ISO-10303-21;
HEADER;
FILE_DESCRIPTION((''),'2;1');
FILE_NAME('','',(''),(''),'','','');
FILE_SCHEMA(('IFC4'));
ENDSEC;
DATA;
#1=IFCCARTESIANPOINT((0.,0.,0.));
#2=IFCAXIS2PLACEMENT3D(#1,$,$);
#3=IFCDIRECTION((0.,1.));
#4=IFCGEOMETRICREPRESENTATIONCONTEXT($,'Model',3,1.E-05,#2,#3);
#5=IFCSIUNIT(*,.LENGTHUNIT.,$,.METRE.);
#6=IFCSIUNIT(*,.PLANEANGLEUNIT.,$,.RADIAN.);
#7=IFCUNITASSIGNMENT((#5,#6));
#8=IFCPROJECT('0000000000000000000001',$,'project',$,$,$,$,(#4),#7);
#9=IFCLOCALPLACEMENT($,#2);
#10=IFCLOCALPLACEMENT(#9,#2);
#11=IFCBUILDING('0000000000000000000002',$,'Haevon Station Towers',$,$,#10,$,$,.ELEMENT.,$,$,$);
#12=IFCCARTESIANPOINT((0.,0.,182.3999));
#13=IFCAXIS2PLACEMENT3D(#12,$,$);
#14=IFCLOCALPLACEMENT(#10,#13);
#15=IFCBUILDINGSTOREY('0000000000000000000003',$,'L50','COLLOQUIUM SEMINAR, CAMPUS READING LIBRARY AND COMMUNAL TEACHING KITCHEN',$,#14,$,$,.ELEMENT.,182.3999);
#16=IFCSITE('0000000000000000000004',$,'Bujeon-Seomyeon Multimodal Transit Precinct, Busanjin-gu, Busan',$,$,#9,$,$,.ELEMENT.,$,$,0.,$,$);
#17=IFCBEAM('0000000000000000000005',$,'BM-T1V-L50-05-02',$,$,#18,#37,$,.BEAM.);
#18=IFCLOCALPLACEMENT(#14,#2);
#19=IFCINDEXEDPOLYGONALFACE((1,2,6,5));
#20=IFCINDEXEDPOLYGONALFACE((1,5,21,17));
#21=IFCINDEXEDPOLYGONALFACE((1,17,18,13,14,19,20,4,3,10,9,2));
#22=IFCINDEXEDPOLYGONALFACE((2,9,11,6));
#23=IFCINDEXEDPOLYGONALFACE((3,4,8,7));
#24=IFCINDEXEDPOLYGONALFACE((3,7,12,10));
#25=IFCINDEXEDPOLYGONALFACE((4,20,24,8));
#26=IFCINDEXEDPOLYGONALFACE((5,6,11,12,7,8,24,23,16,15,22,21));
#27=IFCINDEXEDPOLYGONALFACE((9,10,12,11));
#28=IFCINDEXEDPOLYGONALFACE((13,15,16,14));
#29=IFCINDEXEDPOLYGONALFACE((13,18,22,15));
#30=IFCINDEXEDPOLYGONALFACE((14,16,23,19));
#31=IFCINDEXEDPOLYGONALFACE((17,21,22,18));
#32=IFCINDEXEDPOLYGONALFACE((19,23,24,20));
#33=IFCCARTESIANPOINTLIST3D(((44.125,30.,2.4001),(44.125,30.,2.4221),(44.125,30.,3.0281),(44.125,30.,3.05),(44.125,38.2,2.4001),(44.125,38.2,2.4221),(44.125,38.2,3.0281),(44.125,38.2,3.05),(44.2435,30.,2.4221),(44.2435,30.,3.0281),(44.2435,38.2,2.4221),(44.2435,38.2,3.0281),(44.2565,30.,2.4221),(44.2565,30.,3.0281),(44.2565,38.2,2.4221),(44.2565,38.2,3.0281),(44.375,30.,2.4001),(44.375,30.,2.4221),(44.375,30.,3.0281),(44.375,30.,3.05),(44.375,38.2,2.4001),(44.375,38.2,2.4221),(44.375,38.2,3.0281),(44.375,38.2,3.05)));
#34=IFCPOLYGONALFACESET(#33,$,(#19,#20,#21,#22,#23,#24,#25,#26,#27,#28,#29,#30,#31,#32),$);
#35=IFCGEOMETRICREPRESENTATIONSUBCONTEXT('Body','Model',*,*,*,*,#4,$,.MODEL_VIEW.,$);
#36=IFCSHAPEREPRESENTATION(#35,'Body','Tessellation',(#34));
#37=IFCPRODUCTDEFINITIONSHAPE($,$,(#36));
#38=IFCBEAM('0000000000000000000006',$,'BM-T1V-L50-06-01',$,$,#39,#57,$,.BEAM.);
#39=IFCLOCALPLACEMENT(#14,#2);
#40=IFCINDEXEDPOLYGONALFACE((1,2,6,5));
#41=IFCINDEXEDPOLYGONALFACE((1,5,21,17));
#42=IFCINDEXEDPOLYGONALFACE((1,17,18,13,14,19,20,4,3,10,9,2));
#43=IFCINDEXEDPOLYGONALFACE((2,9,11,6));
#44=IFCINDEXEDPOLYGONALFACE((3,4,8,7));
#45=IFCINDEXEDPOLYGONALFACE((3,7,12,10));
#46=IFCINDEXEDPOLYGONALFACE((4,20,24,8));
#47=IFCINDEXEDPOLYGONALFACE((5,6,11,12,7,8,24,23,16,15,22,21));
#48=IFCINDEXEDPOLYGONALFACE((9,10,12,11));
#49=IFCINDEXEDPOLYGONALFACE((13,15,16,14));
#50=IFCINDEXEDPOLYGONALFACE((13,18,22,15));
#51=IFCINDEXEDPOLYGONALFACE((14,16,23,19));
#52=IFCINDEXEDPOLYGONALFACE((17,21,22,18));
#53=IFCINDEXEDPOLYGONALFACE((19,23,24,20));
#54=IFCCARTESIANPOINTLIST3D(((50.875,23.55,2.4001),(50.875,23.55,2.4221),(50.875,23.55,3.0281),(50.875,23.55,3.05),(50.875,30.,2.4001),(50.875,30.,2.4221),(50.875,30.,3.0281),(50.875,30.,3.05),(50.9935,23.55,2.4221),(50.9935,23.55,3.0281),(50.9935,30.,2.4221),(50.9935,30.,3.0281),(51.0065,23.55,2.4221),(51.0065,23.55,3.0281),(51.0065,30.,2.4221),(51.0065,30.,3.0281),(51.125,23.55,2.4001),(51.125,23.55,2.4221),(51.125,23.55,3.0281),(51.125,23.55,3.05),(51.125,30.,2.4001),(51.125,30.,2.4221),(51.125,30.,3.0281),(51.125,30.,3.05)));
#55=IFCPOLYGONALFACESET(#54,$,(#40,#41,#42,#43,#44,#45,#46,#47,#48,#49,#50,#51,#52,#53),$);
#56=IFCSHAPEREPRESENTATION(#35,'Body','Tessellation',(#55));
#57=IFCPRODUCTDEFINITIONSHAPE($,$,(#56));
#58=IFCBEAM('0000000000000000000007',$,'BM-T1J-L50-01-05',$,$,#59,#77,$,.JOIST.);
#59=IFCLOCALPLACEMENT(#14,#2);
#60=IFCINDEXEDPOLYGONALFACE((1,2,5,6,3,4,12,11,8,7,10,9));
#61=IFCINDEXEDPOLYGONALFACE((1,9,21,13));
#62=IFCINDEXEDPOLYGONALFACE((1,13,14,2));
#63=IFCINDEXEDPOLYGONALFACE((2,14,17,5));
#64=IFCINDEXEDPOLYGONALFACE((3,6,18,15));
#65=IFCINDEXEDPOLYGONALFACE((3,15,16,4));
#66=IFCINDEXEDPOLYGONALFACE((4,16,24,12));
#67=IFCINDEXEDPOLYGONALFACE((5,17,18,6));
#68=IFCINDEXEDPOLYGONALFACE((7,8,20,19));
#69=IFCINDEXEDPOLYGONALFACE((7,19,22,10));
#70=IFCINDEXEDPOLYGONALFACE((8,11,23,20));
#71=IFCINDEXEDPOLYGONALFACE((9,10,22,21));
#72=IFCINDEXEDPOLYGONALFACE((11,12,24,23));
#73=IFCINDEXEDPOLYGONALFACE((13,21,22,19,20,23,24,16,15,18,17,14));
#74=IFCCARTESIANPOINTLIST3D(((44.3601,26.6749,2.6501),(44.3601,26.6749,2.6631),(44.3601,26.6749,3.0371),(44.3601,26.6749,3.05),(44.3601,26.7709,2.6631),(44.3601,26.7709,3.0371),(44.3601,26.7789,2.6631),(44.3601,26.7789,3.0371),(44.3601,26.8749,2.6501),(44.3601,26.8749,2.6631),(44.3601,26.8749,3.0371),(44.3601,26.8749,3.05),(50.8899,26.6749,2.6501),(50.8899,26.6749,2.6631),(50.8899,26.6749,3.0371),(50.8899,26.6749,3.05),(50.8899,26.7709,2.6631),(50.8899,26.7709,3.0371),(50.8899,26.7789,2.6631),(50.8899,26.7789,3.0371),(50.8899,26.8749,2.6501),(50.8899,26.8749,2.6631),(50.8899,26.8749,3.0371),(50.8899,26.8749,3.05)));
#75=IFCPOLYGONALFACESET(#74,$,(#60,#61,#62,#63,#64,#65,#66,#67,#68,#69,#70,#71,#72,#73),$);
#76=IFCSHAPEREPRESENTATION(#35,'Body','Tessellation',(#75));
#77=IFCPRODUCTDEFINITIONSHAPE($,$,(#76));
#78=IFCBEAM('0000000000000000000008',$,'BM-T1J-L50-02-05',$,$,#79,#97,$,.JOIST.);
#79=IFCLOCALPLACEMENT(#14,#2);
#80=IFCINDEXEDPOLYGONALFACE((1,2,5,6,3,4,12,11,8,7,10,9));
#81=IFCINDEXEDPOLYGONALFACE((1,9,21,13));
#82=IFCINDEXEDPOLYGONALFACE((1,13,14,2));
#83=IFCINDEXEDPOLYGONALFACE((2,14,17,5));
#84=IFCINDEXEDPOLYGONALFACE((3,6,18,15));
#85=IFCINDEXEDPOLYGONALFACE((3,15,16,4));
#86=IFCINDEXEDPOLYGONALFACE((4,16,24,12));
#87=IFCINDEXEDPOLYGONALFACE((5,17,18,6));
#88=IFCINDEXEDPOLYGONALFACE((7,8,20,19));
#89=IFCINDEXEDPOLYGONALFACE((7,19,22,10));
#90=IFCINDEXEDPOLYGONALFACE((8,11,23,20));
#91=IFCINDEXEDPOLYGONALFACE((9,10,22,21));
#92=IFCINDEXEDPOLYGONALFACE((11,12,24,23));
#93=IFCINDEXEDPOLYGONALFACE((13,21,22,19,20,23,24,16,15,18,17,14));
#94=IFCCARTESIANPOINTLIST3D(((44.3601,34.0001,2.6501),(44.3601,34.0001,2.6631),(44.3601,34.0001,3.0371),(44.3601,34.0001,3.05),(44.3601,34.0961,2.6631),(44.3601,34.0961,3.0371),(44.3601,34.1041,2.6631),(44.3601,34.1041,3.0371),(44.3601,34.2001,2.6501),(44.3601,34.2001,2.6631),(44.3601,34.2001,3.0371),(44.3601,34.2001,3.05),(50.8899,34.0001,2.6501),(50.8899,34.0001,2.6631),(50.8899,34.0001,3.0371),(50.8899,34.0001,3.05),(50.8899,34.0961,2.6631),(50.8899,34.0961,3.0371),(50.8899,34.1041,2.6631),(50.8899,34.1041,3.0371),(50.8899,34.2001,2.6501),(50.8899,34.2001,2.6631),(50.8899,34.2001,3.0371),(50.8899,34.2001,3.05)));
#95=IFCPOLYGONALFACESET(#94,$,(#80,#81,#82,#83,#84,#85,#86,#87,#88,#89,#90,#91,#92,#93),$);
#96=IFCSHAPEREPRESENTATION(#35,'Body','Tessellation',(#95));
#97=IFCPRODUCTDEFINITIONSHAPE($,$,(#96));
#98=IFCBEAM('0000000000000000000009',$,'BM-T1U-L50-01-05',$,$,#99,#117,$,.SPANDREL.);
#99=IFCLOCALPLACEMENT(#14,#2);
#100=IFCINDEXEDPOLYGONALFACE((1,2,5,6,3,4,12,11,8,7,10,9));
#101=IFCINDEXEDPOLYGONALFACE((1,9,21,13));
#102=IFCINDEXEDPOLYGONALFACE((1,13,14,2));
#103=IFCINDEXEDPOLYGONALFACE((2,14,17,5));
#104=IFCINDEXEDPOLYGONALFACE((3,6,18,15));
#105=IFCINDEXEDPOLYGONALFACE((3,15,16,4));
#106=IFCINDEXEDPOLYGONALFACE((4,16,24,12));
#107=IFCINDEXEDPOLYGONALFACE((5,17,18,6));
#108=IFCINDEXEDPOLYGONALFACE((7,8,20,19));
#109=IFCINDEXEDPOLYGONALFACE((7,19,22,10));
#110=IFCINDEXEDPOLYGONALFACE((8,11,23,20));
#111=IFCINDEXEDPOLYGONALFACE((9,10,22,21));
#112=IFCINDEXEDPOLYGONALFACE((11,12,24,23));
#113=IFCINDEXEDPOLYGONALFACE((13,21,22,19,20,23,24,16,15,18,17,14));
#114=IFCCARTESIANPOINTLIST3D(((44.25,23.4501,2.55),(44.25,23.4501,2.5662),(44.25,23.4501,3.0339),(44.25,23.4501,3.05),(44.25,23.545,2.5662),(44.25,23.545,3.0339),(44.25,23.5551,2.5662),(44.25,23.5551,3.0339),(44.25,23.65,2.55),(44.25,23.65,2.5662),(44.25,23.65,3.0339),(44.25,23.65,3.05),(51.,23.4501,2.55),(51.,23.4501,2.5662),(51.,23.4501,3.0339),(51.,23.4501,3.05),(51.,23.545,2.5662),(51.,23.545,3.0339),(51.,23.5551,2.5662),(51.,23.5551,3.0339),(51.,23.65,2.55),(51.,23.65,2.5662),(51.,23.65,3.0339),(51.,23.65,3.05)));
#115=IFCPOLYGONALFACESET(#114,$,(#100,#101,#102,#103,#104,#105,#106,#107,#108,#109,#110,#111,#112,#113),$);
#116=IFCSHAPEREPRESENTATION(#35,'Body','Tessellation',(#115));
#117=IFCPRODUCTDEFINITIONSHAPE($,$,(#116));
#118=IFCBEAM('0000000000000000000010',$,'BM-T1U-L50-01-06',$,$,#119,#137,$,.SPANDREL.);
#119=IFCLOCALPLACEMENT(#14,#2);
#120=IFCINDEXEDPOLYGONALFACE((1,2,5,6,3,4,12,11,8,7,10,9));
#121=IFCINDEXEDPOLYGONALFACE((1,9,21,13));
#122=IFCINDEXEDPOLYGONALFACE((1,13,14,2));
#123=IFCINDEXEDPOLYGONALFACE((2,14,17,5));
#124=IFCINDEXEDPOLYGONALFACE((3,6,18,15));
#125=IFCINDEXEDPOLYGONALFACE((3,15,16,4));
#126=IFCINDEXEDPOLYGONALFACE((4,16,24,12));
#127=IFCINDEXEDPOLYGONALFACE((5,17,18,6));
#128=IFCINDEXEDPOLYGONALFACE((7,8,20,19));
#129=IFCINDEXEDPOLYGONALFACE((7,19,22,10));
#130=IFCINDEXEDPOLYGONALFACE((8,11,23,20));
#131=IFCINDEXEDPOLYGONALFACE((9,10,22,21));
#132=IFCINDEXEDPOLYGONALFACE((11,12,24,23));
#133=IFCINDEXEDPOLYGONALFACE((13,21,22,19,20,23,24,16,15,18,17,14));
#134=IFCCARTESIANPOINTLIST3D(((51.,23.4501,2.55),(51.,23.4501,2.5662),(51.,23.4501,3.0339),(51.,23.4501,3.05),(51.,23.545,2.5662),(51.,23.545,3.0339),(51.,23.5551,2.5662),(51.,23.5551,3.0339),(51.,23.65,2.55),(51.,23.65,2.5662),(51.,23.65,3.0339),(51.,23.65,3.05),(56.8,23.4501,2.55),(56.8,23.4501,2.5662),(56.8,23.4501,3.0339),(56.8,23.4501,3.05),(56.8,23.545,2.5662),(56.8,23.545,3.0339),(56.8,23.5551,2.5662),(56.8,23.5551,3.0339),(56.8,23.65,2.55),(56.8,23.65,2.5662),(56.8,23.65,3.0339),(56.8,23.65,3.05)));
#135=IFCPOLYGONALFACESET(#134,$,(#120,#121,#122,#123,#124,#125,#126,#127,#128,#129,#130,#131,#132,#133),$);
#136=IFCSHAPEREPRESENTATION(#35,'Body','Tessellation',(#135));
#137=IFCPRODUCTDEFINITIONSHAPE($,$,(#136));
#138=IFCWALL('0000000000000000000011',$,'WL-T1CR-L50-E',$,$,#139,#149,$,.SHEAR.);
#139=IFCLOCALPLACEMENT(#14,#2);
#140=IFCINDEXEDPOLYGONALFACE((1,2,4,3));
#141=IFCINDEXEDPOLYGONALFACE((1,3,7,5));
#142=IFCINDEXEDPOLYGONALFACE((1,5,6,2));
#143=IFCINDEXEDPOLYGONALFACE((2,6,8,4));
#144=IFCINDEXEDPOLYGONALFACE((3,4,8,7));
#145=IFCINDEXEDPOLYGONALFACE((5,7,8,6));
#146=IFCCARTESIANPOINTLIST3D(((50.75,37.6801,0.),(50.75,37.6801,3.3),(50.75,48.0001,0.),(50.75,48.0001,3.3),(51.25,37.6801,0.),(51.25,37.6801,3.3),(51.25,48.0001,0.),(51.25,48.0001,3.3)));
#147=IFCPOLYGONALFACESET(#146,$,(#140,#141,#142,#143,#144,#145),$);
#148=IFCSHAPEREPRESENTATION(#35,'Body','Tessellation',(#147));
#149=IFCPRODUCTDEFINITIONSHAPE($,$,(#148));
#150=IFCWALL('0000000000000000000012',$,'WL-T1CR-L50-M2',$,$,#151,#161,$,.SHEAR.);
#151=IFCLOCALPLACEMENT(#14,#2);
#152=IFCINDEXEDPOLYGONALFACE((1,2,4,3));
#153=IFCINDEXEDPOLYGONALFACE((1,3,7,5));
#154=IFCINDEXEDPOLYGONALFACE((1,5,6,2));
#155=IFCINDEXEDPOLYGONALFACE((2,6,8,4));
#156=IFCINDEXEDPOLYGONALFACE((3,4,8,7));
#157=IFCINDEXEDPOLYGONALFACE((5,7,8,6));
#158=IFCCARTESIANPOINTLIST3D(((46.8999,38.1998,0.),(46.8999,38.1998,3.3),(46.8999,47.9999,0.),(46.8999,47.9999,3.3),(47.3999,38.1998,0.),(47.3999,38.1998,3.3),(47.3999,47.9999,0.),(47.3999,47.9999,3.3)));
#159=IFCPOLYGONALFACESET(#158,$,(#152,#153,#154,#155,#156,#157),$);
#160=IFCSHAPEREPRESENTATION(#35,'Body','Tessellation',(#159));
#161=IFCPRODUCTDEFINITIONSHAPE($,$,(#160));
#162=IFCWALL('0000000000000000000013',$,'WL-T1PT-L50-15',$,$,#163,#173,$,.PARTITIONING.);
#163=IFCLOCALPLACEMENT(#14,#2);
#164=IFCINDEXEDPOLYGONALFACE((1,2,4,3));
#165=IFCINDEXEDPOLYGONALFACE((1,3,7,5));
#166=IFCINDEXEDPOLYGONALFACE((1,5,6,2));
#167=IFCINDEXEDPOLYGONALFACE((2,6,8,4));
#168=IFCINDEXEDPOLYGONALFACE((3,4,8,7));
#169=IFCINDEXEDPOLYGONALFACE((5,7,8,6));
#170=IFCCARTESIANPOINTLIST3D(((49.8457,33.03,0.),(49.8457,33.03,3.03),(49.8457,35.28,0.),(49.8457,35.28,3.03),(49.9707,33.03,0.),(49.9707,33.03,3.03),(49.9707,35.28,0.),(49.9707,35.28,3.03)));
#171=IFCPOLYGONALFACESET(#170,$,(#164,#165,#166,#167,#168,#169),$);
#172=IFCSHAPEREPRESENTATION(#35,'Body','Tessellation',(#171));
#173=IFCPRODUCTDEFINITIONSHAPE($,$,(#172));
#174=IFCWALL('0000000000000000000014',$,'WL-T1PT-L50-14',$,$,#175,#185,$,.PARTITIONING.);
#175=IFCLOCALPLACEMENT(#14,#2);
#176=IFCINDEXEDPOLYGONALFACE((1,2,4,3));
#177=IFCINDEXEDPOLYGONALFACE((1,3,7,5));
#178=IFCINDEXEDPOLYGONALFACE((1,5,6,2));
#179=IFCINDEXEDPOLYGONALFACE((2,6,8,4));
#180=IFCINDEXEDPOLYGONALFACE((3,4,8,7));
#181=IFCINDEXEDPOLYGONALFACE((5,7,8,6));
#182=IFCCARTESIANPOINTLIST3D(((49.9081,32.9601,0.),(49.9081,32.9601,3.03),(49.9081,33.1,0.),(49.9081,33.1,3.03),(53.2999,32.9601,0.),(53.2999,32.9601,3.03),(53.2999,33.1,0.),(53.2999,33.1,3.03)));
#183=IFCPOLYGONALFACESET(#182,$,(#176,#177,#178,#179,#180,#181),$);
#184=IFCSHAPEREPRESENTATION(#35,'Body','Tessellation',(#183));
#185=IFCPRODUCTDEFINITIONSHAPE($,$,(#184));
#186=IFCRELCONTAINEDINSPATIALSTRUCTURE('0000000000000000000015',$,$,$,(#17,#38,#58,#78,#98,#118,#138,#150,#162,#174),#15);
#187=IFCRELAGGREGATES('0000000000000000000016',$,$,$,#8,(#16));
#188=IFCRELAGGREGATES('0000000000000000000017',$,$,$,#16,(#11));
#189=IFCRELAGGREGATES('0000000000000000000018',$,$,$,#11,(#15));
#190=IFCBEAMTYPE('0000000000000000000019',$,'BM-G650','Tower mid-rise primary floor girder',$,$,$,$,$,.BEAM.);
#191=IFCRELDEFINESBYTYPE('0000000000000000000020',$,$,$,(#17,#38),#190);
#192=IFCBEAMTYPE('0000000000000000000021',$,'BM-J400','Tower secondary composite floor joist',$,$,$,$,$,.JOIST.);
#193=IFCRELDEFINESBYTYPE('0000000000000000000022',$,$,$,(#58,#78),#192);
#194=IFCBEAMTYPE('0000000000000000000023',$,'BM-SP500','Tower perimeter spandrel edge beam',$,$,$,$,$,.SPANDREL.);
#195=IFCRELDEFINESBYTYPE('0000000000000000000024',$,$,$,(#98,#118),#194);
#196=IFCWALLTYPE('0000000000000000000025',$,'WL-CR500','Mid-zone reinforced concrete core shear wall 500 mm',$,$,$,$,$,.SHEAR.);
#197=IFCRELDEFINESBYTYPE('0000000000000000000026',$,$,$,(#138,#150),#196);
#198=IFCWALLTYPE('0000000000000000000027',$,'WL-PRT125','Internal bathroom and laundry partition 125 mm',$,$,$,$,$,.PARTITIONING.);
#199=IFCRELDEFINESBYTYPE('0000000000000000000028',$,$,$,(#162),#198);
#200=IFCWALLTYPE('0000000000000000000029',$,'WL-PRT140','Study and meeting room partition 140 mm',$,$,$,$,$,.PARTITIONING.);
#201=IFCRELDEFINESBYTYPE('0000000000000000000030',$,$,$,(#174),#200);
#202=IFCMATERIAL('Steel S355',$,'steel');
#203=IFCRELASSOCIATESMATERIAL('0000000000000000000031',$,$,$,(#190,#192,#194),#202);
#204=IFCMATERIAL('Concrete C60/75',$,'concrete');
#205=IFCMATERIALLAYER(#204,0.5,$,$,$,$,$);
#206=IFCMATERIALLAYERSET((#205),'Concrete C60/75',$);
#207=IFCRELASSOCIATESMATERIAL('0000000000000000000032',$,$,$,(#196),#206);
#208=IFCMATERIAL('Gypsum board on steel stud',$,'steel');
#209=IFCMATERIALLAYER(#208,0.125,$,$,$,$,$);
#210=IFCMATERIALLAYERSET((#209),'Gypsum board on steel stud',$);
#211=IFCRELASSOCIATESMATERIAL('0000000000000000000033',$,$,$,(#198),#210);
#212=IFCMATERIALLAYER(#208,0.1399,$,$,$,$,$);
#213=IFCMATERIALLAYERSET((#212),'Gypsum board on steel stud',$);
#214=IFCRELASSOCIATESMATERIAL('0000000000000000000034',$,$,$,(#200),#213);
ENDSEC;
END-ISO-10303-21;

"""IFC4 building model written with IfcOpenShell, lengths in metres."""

from ifc_helpers import new_model, si_unit, direction, frame, frame_2d, origin, origin_2d, place, context, subcontext, project, spatial, rectangle, i_section, extrude, material, layer, layer_set, material_profile, profile_set, type_object, element, save


model = new_model("IFC4")

# Units and contexts
model_context = context("Model", 3, precision=1e-05, world=origin(), true_north=direction((0.0, 1.0)))
body_context = subcontext(model_context, "Body", "Model", "MODEL_VIEW")
ifc_project = project(units=[si_unit("LENGTHUNIT", "METRE"), si_unit("PLANEANGLEUNIT", "RADIAN")], contexts=[model_context])

# Site, building, storey
site_placement = place(None, origin())
site = spatial("IfcSite", under=ifc_project, at=site_placement, Name="Bujeon-Seomyeon Multimodal Transit Precinct, Busanjin-gu, Busan", CompositionType="ELEMENT", RefElevation=0.0)
building_placement = place(site_placement, origin())
building = spatial("IfcBuilding", under=site, at=building_placement, Name="Haevon Station Towers", CompositionType="ELEMENT")
storey_placement = place(building_placement, frame((0.0, 0.0, 182.3999)))
storey = spatial("IfcBuildingStorey", under=building, at=storey_placement, Name="L50", Description="COLLOQUIUM SEMINAR, CAMPUS READING LIBRARY AND COMMUNAL TEACHING KITCHEN", CompositionType="ELEMENT", Elevation=182.3999)

# Shared definitions
ifc_material_1 = material(Name="Steel S355", Category="steel")

# Beams
ifc_material_profile_1 = material_profile(ifc_material_1, i_section(OverallWidth=0.25, OverallDepth=0.6499, WebThickness=0.0129, FlangeThickness=0.022, at=origin_2d()), Name="H-650x250x13x22")
ifc_profile_set_1 = profile_set([ifc_material_profile_1], Name="Steel S355")
beam_type_1 = type_object("IfcBeamType", Name="BM-G650", Description="Tower mid-rise primary floor girder", PredefinedType="BEAM", material=ifc_profile_set_1)
beam_1_placement = place(storey_placement, frame((44.25, 30.0, 2.7251), z_axis=(0.0, 1.0, 0.0), x_axis=(-1.0, 0.0, 0.0)))
element("IfcBeam", 1, at=beam_1_placement, inside=storey, type_object=beam_type_1, Name="BM-T1V-L50-05-02", PredefinedType="BEAM", context=body_context, shape_type="SweptSolid", body=[
    extrude(i_section(OverallWidth=0.25, OverallDepth=0.6499, WebThickness=0.0129, FlangeThickness=0.022, at=origin_2d()), origin(), (0.0, 0.0, 1.0), 8.2),
])
beam_2_placement = place(storey_placement, frame((51.0, 23.55, 2.7251), z_axis=(0.0, 1.0, 0.0), x_axis=(-1.0, 0.0, 0.0)))
element("IfcBeam", 2, at=beam_2_placement, inside=storey, type_object=beam_type_1, Name="BM-T1V-L50-06-01", PredefinedType="BEAM", context=body_context, shape_type="SweptSolid", body=[
    extrude(i_section(OverallWidth=0.25, OverallDepth=0.6499, WebThickness=0.0129, FlangeThickness=0.022, at=origin_2d()), origin(), (0.0, 0.0, 1.0), 6.45),
])
ifc_material_profile_2 = material_profile(ifc_material_1, i_section(OverallWidth=0.2, OverallDepth=0.3999, WebThickness=0.0081, FlangeThickness=0.0129, at=origin_2d()), Name="H-400x200x8x13")
ifc_profile_set_2 = profile_set([ifc_material_profile_2], Name="Steel S355")
beam_type_2 = type_object("IfcBeamType", Name="BM-J400", Description="Tower secondary composite floor joist", PredefinedType="JOIST", material=ifc_profile_set_2)
for number, where, z_axis, x_axis, name in (
    (3, (44.3601, 26.7749, 2.8501), (1.0, 0.0, 0.0), (0.0, 1.0, 0.0), "BM-T1J-L50-01-05"),
    (4, (44.3601, 34.1001, 2.8501), (1.0, 0.0, 0.0), (0.0, 1.0, 0.0), "BM-T1J-L50-02-05"),
):
    element("IfcBeam", number, at=place(storey_placement, frame(where, z_axis=z_axis, x_axis=x_axis)), inside=storey, type_object=beam_type_2, Name=name, PredefinedType="JOIST", context=body_context, shape_type="SweptSolid", body=[
        extrude(i_section(OverallWidth=0.2, OverallDepth=0.3999, WebThickness=0.0081, FlangeThickness=0.0129, at=origin_2d()), origin(), (0.0, 0.0, 1.0), 6.5298),
    ])
ifc_material_profile_3 = material_profile(ifc_material_1, i_section(OverallWidth=0.2, OverallDepth=0.5, WebThickness=0.01, FlangeThickness=0.0161, at=origin_2d()), Name="H-500x200x10x16")
ifc_profile_set_3 = profile_set([ifc_material_profile_3], Name="Steel S355")
beam_type_3 = type_object("IfcBeamType", Name="BM-SP500", Description="Tower perimeter spandrel edge beam", PredefinedType="SPANDREL", material=ifc_profile_set_3)
beam_3_placement = place(storey_placement, frame((44.25, 23.55, 2.8), z_axis=(1.0, 0.0, 0.0), x_axis=(0.0, 1.0, 0.0)))
element("IfcBeam", 5, at=beam_3_placement, inside=storey, type_object=beam_type_3, Name="BM-T1U-L50-01-05", PredefinedType="SPANDREL", context=body_context, shape_type="SweptSolid", body=[
    extrude(i_section(OverallWidth=0.2, OverallDepth=0.5, WebThickness=0.01, FlangeThickness=0.0161, at=origin_2d()), origin(), (0.0, 0.0, 1.0), 6.75),
])
beam_4_placement = place(storey_placement, frame((51.0, 23.55, 2.8), z_axis=(1.0, 0.0, 0.0), x_axis=(0.0, 1.0, 0.0)))
element("IfcBeam", 6, at=beam_4_placement, inside=storey, type_object=beam_type_3, Name="BM-T1U-L50-01-06", PredefinedType="SPANDREL", context=body_context, shape_type="SweptSolid", body=[
    extrude(i_section(OverallWidth=0.2, OverallDepth=0.5, WebThickness=0.01, FlangeThickness=0.0161, at=origin_2d()), origin(), (0.0, 0.0, 1.0), 5.8),
])

# Walls
ifc_material_2 = material(Name="Concrete C60/75", Category="concrete")
ifc_layer_1 = layer(ifc_material_2, 0.5)
ifc_layer_set_1 = layer_set([ifc_layer_1], Name="Concrete C60/75")
wall_type_1 = type_object("IfcWallType", Name="WL-CR500", Description="Mid-zone reinforced concrete core shear wall 500 mm", PredefinedType="SHEAR", material=ifc_layer_set_1)
wall_1_placement = place(storey_placement, frame((51.0, 37.6799, 0.0), z_axis=(0.0, 0.0, 1.0), x_axis=(0.0, 1.0, 0.0)))
element("IfcWall", 7, at=wall_1_placement, inside=storey, type_object=wall_type_1, Name="WL-T1CR-L50-E", PredefinedType="SHEAR", context=body_context, shape_type="SweptSolid", body=[
    extrude(rectangle(XDim=10.3201, YDim=0.5, at=frame_2d((5.1602, 0.0))), origin(), (0.0, 0.0, 1.0), 3.3),
])
wall_2_placement = place(storey_placement, frame((47.1499, 38.2, 0.0), z_axis=(0.0, 0.0, 1.0), x_axis=(0.0, 1.0, 0.0)))
element("IfcWall", 8, at=wall_2_placement, inside=storey, type_object=wall_type_1, Name="WL-T1CR-L50-M2", PredefinedType="SHEAR", context=body_context, shape_type="SweptSolid", body=[
    extrude(rectangle(XDim=9.8, YDim=0.5, at=frame_2d((4.8999, 0.0))), origin(), (0.0, 0.0, 1.0), 3.3),
])
ifc_material_3 = material(Name="Gypsum board on steel stud", Category="steel")
ifc_layer_2 = layer(ifc_material_3, 0.125)
ifc_layer_set_2 = layer_set([ifc_layer_2], Name="Gypsum board on steel stud")
wall_type_2 = type_object("IfcWallType", Name="WL-PRT125", Description="Internal bathroom and laundry partition 125 mm", PredefinedType="PARTITIONING", material=ifc_layer_set_2)
wall_3_placement = place(storey_placement, frame((49.9082, 33.03, 0.0), z_axis=(0.0, 0.0, 1.0), x_axis=(0.0, 1.0, 0.0)))
element("IfcWall", 9, at=wall_3_placement, inside=storey, type_object=wall_type_2, Name="WL-T1PT-L50-15", PredefinedType="PARTITIONING", context=body_context, shape_type="SweptSolid", body=[
    extrude(rectangle(XDim=2.25, YDim=0.125, at=frame_2d((1.125, 0.0))), origin(), (0.0, 0.0, 1.0), 3.03),
])
ifc_layer_3 = layer(ifc_material_3, 0.1399)
ifc_layer_set_3 = layer_set([ifc_layer_3], Name="Gypsum board on steel stud")
wall_type_3 = type_object("IfcWallType", Name="WL-PRT140", Description="Study and meeting room partition 140 mm", PredefinedType="PARTITIONING", material=ifc_layer_set_3)
wall_4_placement = place(storey_placement, frame((49.9082, 33.03, 0.0), z_axis=(0.0, 0.0, 1.0), x_axis=(1.0, 0.0, 0.0)))
element("IfcWall", 10, at=wall_4_placement, inside=storey, type_object=wall_type_3, Name="WL-T1PT-L50-14", PredefinedType="PARTITIONING", context=body_context, shape_type="SweptSolid", body=[
    extrude(rectangle(XDim=3.3918, YDim=0.1399, at=frame_2d((1.6958, 0.0))), origin(), (0.0, 0.0, 1.0), 3.03),
])

save(model, "model.ifc")
